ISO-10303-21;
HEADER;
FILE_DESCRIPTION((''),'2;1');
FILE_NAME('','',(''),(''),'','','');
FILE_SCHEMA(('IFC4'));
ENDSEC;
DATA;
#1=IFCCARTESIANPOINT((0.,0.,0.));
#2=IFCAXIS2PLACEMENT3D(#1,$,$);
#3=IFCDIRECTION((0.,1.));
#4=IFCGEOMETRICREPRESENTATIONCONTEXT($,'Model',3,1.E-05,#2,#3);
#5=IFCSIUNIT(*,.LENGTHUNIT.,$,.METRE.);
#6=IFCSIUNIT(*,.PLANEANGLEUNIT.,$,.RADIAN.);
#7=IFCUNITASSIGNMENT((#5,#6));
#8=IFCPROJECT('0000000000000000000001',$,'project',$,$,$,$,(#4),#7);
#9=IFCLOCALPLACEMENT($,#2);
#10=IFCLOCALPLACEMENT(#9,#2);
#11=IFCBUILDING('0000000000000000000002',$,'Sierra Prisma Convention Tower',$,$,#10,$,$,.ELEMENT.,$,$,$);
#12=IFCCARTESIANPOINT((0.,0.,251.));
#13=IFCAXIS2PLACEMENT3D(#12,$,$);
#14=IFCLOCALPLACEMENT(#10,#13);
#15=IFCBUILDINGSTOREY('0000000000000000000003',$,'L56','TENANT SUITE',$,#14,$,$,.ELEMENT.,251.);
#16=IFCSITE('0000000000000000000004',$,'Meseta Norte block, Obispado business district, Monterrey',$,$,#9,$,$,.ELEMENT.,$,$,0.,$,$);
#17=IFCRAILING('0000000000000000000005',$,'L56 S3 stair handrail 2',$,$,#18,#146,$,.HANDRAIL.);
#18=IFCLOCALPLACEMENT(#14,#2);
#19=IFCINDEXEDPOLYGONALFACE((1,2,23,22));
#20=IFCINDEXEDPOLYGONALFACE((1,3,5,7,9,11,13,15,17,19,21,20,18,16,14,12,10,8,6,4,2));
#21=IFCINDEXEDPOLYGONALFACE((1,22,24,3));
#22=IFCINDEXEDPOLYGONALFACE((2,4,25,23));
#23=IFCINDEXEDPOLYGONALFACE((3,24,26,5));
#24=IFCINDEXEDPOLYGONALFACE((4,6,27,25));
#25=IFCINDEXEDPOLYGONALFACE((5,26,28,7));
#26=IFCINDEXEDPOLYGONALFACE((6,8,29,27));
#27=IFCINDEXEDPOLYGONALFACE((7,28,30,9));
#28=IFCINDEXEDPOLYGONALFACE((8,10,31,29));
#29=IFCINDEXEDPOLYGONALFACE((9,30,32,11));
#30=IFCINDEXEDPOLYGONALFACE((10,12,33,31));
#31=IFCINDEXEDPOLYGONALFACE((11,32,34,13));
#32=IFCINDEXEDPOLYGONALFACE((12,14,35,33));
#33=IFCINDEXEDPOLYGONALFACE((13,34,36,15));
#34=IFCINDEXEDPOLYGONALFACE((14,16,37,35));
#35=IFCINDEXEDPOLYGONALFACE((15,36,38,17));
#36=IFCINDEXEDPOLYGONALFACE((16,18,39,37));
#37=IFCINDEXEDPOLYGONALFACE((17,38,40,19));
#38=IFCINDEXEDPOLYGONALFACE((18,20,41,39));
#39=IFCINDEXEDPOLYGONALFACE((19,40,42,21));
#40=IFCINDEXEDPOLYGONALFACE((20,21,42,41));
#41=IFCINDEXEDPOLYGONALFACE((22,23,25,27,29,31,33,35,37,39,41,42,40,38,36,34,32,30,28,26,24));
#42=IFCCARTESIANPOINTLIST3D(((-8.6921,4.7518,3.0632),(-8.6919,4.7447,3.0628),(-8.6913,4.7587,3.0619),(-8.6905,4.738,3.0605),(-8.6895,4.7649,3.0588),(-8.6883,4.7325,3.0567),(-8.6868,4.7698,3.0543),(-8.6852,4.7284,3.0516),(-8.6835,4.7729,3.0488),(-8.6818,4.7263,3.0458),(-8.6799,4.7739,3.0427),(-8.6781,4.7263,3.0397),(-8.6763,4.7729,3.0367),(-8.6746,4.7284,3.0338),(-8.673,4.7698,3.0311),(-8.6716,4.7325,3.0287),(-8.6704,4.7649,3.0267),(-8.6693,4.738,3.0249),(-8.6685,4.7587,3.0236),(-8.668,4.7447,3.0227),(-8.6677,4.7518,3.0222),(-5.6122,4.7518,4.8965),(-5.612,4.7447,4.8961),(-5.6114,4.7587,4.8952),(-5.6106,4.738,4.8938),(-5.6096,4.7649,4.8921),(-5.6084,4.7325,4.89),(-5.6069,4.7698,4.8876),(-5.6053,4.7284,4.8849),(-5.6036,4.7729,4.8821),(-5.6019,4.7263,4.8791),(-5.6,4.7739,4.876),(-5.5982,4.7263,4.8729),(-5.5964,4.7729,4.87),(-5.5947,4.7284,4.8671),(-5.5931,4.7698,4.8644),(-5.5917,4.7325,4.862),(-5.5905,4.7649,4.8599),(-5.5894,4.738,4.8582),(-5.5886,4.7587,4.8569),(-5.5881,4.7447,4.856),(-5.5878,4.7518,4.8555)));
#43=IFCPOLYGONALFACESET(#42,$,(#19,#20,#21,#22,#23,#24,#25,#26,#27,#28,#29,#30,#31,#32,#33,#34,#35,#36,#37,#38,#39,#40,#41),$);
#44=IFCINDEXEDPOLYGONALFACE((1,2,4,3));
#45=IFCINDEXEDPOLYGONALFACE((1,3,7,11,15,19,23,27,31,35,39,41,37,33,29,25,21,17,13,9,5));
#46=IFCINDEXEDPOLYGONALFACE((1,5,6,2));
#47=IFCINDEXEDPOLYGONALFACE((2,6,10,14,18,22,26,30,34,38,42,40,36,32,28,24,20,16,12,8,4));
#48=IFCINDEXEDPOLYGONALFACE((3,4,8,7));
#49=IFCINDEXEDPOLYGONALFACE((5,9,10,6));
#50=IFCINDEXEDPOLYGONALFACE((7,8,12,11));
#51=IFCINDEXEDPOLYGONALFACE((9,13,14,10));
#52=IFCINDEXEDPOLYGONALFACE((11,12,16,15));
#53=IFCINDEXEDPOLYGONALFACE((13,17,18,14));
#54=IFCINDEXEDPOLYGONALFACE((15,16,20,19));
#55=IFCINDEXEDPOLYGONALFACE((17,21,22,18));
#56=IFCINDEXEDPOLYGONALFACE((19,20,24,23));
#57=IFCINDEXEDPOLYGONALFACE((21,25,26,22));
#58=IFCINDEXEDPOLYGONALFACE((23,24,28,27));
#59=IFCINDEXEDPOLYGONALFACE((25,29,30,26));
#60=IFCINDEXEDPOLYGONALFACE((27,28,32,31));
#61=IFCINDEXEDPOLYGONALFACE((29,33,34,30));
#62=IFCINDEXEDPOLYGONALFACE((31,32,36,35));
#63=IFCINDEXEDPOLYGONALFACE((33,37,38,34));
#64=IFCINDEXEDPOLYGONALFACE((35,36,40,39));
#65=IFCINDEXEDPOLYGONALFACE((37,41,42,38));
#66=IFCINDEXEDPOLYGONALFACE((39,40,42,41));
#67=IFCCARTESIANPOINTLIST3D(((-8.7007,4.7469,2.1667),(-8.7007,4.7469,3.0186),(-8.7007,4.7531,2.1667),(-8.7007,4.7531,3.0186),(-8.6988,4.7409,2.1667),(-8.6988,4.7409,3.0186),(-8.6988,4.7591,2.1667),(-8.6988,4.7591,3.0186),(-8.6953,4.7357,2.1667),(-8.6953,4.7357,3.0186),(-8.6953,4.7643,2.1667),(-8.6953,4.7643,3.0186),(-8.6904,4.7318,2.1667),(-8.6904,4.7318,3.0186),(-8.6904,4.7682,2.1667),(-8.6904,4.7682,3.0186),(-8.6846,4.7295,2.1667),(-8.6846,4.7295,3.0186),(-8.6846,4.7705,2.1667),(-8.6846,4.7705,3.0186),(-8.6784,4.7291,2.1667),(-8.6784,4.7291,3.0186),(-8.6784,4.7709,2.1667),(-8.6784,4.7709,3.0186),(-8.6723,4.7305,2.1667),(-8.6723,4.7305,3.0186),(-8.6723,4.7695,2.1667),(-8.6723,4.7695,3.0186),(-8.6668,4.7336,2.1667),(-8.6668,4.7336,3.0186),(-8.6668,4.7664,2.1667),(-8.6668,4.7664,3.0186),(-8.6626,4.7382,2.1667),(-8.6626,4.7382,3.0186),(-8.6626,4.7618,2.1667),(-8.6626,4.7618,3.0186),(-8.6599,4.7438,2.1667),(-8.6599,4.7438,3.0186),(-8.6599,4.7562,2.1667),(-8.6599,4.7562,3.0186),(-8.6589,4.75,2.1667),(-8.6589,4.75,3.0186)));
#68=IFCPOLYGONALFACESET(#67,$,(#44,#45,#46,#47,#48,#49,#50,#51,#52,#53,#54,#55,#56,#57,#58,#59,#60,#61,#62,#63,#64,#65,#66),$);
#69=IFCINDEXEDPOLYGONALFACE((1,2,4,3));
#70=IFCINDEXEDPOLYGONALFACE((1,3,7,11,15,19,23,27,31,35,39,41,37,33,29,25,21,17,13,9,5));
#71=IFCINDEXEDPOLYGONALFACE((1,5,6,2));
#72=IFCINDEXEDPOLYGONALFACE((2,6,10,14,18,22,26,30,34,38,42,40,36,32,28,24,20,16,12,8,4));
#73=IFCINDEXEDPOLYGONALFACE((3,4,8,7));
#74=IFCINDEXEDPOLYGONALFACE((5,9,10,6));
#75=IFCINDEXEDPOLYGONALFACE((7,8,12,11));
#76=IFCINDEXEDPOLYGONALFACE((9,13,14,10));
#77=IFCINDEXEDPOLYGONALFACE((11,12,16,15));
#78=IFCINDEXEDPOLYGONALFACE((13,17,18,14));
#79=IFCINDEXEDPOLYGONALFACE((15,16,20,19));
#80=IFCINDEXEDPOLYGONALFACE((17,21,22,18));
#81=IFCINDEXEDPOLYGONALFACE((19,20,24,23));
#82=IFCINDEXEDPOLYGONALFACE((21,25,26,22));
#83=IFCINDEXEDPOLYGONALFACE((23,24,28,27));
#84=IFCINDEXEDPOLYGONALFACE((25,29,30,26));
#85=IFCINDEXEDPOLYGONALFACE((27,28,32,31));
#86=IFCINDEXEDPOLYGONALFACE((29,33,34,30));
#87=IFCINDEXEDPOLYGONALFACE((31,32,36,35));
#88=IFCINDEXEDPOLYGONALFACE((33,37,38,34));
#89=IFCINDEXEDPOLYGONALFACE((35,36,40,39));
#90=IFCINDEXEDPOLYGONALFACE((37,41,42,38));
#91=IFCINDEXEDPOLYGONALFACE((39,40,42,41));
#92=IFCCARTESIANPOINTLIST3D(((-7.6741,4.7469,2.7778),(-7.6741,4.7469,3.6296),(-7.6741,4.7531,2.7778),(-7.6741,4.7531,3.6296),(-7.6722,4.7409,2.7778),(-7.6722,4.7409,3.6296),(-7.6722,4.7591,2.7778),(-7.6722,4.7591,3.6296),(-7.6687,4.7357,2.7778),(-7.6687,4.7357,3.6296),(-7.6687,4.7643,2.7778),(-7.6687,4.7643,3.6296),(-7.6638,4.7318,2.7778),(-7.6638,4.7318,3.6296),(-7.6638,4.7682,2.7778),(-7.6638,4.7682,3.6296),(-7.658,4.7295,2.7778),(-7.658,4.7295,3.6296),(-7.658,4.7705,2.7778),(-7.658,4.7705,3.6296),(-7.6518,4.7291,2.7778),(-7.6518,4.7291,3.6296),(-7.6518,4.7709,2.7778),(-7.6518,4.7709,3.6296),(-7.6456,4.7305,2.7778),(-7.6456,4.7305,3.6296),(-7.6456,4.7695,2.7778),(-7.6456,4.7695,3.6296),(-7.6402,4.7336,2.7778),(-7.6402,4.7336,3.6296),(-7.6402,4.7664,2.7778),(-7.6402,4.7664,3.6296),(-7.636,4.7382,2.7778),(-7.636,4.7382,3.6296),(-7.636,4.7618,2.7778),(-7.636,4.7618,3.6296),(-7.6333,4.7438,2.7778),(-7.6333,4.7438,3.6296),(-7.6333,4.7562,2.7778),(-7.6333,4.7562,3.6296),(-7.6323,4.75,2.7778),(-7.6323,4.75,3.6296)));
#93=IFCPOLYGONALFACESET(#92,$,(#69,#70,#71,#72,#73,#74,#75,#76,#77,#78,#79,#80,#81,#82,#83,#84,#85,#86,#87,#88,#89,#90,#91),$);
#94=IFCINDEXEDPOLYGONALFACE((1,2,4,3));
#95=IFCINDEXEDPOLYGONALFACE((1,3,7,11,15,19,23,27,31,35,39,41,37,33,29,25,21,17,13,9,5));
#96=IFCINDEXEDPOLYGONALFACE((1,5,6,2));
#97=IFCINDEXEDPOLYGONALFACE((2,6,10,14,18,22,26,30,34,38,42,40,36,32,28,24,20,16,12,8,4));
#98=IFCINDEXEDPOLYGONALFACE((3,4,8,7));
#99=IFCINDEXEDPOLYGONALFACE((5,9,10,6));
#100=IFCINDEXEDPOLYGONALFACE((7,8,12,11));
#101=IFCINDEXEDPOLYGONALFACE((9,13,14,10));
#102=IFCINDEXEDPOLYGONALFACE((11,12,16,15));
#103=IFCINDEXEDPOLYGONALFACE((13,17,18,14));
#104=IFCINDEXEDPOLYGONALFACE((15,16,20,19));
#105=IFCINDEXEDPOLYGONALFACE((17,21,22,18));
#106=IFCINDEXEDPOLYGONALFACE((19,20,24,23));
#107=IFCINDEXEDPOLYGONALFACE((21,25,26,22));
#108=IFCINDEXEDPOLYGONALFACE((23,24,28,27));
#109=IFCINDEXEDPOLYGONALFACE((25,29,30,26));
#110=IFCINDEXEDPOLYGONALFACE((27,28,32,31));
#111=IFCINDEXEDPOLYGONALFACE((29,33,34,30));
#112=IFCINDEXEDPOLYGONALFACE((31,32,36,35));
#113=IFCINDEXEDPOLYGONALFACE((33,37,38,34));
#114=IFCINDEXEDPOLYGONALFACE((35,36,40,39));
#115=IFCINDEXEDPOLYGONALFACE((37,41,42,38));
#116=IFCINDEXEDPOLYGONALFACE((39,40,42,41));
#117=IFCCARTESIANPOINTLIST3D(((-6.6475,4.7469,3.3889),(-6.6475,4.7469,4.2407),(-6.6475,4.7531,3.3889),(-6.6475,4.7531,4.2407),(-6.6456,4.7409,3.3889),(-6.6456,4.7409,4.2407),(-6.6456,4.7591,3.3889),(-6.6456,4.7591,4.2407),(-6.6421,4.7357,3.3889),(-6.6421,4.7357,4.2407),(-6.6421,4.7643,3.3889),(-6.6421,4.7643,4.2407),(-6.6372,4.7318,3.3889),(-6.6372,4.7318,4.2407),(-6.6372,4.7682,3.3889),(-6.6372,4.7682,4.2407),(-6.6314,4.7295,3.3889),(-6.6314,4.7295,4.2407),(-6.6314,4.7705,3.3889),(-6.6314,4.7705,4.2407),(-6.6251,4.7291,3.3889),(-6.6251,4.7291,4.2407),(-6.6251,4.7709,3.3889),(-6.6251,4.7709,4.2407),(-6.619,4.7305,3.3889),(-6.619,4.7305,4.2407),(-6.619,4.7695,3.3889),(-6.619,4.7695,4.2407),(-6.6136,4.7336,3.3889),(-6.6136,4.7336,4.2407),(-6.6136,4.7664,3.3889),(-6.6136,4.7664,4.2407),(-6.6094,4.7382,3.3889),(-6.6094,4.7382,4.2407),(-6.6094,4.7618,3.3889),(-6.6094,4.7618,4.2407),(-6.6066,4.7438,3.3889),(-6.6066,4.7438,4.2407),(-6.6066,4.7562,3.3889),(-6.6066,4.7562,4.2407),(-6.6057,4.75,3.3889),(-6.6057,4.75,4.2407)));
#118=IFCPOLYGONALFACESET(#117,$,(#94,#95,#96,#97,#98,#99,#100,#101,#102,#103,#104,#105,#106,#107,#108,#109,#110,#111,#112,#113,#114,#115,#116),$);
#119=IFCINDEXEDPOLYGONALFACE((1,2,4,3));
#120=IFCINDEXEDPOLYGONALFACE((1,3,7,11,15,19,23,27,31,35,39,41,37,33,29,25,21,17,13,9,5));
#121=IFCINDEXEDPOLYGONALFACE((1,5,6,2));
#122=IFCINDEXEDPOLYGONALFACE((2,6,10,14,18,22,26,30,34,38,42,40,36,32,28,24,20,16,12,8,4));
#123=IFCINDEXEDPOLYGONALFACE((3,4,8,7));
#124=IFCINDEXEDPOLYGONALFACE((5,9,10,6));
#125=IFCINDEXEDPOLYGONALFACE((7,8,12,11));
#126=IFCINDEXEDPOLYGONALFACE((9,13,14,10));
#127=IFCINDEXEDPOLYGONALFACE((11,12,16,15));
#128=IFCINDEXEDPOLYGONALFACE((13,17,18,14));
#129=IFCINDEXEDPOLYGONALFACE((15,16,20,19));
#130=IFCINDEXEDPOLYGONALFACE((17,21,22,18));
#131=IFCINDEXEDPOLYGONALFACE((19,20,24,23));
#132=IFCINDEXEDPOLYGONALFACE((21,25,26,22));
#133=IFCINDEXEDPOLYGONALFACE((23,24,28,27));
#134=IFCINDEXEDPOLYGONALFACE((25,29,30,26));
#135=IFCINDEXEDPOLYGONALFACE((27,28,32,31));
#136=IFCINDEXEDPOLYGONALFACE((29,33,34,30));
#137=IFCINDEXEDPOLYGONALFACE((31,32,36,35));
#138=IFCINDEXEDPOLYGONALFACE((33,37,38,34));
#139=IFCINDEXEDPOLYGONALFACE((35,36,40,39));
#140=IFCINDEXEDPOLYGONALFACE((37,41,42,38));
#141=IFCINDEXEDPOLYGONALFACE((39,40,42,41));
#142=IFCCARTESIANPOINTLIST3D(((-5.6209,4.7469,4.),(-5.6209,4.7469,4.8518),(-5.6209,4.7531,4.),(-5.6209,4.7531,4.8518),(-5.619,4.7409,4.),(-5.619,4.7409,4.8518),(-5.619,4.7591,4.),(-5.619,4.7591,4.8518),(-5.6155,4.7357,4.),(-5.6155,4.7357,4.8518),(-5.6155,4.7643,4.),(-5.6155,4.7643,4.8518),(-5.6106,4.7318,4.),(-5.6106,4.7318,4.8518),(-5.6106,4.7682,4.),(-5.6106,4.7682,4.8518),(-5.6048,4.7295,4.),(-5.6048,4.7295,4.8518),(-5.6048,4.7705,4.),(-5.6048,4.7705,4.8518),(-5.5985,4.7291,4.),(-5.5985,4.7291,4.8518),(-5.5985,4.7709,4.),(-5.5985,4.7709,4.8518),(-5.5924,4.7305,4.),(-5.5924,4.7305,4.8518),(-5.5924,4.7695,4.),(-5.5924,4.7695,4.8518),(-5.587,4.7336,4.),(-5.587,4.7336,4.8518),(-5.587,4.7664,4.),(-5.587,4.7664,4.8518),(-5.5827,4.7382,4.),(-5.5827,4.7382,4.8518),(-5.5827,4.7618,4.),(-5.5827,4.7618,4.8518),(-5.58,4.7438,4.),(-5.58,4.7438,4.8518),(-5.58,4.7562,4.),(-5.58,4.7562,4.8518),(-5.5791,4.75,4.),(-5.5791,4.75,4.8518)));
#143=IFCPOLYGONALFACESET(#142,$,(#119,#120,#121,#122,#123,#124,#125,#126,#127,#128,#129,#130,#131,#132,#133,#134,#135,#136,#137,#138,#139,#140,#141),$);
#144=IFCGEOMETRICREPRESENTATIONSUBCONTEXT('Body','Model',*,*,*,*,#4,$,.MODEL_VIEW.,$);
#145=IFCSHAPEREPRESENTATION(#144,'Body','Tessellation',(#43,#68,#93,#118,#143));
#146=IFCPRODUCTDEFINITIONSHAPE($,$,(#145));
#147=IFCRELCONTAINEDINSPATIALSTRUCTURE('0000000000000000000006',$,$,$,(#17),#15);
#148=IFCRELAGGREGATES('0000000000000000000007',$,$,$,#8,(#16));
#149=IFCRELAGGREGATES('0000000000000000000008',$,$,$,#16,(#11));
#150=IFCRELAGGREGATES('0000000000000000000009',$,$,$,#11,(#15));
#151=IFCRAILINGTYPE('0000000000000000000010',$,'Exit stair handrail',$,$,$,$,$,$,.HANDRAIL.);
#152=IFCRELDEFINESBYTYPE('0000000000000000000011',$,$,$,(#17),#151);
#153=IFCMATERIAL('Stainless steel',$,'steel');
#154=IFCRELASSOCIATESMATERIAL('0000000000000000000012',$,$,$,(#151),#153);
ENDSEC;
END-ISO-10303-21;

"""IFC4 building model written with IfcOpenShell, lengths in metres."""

from ifc_helpers import new_model, si_unit, direction, frame, origin, origin_2d, place, context, subcontext, project, spatial, circle, extrude, material, type_object, element, save


model = new_model("IFC4")

# Units and contexts
model_context = context("Model", 3, precision=1e-05, world=origin(), true_north=direction((0.0, 1.0)))
body_context = subcontext(model_context, "Body", "Model", "MODEL_VIEW")
ifc_project = project(units=[si_unit("LENGTHUNIT", "METRE"), si_unit("PLANEANGLEUNIT", "RADIAN")], contexts=[model_context])

# Site, building, storey
site_placement = place(None, origin())
site = spatial("IfcSite", under=ifc_project, at=site_placement, Name="Meseta Norte block, Obispado business district, Monterrey", CompositionType="ELEMENT", RefElevation=0.0)
building_placement = place(site_placement, origin())
building = spatial("IfcBuilding", under=site, at=building_placement, Name="Sierra Prisma Convention Tower", CompositionType="ELEMENT")
storey_placement = place(building_placement, frame((0.0, 0.0, 251.0)))
storey = spatial("IfcBuildingStorey", under=building, at=storey_placement, Name="L56", Description="TENANT SUITE", CompositionType="ELEMENT", Elevation=251.0)

# Railing
ifc_material_1 = material(Name="Stainless steel", Category="steel")
railing_type_1 = type_object("IfcRailingType", Name="Exit stair handrail", PredefinedType="HANDRAIL", material=ifc_material_1)
railing_1_placement = place(storey_placement, frame((-8.6799, 4.75, 2.1667)))
element("IfcRailing", 1, at=railing_1_placement, inside=storey, type_object=railing_type_1, Name="L56 S3 stair handrail 2", PredefinedType="HANDRAIL", context=body_context, shape_type="SweptSolid", body=[
    extrude(circle(Radius=0.0239, at=origin_2d()), frame((0.0, 0.0, 0.876), z_axis=(0.859291, 0.0, 0.511487), x_axis=(0.0, 1.0, 0.0)), (0.0, 0.0, 1.0), 3.5842),
    extrude(circle(Radius=0.021, at=origin_2d()), origin(), (0.0, 0.0, 1.0), 0.8518),
    extrude(circle(Radius=0.021, at=origin_2d()), frame((1.0266, 0.0, 0.6111)), (0.0, 0.0, 1.0), 0.8518),
    extrude(circle(Radius=0.021, at=origin_2d()), frame((2.0532, 0.0, 1.2222)), (0.0, 0.0, 1.0), 0.8518),
    extrude(circle(Radius=0.021, at=origin_2d()), frame((3.0798, 0.0, 1.8333)), (0.0, 0.0, 1.0), 0.8518),
])

save(model, "model.ifc")
